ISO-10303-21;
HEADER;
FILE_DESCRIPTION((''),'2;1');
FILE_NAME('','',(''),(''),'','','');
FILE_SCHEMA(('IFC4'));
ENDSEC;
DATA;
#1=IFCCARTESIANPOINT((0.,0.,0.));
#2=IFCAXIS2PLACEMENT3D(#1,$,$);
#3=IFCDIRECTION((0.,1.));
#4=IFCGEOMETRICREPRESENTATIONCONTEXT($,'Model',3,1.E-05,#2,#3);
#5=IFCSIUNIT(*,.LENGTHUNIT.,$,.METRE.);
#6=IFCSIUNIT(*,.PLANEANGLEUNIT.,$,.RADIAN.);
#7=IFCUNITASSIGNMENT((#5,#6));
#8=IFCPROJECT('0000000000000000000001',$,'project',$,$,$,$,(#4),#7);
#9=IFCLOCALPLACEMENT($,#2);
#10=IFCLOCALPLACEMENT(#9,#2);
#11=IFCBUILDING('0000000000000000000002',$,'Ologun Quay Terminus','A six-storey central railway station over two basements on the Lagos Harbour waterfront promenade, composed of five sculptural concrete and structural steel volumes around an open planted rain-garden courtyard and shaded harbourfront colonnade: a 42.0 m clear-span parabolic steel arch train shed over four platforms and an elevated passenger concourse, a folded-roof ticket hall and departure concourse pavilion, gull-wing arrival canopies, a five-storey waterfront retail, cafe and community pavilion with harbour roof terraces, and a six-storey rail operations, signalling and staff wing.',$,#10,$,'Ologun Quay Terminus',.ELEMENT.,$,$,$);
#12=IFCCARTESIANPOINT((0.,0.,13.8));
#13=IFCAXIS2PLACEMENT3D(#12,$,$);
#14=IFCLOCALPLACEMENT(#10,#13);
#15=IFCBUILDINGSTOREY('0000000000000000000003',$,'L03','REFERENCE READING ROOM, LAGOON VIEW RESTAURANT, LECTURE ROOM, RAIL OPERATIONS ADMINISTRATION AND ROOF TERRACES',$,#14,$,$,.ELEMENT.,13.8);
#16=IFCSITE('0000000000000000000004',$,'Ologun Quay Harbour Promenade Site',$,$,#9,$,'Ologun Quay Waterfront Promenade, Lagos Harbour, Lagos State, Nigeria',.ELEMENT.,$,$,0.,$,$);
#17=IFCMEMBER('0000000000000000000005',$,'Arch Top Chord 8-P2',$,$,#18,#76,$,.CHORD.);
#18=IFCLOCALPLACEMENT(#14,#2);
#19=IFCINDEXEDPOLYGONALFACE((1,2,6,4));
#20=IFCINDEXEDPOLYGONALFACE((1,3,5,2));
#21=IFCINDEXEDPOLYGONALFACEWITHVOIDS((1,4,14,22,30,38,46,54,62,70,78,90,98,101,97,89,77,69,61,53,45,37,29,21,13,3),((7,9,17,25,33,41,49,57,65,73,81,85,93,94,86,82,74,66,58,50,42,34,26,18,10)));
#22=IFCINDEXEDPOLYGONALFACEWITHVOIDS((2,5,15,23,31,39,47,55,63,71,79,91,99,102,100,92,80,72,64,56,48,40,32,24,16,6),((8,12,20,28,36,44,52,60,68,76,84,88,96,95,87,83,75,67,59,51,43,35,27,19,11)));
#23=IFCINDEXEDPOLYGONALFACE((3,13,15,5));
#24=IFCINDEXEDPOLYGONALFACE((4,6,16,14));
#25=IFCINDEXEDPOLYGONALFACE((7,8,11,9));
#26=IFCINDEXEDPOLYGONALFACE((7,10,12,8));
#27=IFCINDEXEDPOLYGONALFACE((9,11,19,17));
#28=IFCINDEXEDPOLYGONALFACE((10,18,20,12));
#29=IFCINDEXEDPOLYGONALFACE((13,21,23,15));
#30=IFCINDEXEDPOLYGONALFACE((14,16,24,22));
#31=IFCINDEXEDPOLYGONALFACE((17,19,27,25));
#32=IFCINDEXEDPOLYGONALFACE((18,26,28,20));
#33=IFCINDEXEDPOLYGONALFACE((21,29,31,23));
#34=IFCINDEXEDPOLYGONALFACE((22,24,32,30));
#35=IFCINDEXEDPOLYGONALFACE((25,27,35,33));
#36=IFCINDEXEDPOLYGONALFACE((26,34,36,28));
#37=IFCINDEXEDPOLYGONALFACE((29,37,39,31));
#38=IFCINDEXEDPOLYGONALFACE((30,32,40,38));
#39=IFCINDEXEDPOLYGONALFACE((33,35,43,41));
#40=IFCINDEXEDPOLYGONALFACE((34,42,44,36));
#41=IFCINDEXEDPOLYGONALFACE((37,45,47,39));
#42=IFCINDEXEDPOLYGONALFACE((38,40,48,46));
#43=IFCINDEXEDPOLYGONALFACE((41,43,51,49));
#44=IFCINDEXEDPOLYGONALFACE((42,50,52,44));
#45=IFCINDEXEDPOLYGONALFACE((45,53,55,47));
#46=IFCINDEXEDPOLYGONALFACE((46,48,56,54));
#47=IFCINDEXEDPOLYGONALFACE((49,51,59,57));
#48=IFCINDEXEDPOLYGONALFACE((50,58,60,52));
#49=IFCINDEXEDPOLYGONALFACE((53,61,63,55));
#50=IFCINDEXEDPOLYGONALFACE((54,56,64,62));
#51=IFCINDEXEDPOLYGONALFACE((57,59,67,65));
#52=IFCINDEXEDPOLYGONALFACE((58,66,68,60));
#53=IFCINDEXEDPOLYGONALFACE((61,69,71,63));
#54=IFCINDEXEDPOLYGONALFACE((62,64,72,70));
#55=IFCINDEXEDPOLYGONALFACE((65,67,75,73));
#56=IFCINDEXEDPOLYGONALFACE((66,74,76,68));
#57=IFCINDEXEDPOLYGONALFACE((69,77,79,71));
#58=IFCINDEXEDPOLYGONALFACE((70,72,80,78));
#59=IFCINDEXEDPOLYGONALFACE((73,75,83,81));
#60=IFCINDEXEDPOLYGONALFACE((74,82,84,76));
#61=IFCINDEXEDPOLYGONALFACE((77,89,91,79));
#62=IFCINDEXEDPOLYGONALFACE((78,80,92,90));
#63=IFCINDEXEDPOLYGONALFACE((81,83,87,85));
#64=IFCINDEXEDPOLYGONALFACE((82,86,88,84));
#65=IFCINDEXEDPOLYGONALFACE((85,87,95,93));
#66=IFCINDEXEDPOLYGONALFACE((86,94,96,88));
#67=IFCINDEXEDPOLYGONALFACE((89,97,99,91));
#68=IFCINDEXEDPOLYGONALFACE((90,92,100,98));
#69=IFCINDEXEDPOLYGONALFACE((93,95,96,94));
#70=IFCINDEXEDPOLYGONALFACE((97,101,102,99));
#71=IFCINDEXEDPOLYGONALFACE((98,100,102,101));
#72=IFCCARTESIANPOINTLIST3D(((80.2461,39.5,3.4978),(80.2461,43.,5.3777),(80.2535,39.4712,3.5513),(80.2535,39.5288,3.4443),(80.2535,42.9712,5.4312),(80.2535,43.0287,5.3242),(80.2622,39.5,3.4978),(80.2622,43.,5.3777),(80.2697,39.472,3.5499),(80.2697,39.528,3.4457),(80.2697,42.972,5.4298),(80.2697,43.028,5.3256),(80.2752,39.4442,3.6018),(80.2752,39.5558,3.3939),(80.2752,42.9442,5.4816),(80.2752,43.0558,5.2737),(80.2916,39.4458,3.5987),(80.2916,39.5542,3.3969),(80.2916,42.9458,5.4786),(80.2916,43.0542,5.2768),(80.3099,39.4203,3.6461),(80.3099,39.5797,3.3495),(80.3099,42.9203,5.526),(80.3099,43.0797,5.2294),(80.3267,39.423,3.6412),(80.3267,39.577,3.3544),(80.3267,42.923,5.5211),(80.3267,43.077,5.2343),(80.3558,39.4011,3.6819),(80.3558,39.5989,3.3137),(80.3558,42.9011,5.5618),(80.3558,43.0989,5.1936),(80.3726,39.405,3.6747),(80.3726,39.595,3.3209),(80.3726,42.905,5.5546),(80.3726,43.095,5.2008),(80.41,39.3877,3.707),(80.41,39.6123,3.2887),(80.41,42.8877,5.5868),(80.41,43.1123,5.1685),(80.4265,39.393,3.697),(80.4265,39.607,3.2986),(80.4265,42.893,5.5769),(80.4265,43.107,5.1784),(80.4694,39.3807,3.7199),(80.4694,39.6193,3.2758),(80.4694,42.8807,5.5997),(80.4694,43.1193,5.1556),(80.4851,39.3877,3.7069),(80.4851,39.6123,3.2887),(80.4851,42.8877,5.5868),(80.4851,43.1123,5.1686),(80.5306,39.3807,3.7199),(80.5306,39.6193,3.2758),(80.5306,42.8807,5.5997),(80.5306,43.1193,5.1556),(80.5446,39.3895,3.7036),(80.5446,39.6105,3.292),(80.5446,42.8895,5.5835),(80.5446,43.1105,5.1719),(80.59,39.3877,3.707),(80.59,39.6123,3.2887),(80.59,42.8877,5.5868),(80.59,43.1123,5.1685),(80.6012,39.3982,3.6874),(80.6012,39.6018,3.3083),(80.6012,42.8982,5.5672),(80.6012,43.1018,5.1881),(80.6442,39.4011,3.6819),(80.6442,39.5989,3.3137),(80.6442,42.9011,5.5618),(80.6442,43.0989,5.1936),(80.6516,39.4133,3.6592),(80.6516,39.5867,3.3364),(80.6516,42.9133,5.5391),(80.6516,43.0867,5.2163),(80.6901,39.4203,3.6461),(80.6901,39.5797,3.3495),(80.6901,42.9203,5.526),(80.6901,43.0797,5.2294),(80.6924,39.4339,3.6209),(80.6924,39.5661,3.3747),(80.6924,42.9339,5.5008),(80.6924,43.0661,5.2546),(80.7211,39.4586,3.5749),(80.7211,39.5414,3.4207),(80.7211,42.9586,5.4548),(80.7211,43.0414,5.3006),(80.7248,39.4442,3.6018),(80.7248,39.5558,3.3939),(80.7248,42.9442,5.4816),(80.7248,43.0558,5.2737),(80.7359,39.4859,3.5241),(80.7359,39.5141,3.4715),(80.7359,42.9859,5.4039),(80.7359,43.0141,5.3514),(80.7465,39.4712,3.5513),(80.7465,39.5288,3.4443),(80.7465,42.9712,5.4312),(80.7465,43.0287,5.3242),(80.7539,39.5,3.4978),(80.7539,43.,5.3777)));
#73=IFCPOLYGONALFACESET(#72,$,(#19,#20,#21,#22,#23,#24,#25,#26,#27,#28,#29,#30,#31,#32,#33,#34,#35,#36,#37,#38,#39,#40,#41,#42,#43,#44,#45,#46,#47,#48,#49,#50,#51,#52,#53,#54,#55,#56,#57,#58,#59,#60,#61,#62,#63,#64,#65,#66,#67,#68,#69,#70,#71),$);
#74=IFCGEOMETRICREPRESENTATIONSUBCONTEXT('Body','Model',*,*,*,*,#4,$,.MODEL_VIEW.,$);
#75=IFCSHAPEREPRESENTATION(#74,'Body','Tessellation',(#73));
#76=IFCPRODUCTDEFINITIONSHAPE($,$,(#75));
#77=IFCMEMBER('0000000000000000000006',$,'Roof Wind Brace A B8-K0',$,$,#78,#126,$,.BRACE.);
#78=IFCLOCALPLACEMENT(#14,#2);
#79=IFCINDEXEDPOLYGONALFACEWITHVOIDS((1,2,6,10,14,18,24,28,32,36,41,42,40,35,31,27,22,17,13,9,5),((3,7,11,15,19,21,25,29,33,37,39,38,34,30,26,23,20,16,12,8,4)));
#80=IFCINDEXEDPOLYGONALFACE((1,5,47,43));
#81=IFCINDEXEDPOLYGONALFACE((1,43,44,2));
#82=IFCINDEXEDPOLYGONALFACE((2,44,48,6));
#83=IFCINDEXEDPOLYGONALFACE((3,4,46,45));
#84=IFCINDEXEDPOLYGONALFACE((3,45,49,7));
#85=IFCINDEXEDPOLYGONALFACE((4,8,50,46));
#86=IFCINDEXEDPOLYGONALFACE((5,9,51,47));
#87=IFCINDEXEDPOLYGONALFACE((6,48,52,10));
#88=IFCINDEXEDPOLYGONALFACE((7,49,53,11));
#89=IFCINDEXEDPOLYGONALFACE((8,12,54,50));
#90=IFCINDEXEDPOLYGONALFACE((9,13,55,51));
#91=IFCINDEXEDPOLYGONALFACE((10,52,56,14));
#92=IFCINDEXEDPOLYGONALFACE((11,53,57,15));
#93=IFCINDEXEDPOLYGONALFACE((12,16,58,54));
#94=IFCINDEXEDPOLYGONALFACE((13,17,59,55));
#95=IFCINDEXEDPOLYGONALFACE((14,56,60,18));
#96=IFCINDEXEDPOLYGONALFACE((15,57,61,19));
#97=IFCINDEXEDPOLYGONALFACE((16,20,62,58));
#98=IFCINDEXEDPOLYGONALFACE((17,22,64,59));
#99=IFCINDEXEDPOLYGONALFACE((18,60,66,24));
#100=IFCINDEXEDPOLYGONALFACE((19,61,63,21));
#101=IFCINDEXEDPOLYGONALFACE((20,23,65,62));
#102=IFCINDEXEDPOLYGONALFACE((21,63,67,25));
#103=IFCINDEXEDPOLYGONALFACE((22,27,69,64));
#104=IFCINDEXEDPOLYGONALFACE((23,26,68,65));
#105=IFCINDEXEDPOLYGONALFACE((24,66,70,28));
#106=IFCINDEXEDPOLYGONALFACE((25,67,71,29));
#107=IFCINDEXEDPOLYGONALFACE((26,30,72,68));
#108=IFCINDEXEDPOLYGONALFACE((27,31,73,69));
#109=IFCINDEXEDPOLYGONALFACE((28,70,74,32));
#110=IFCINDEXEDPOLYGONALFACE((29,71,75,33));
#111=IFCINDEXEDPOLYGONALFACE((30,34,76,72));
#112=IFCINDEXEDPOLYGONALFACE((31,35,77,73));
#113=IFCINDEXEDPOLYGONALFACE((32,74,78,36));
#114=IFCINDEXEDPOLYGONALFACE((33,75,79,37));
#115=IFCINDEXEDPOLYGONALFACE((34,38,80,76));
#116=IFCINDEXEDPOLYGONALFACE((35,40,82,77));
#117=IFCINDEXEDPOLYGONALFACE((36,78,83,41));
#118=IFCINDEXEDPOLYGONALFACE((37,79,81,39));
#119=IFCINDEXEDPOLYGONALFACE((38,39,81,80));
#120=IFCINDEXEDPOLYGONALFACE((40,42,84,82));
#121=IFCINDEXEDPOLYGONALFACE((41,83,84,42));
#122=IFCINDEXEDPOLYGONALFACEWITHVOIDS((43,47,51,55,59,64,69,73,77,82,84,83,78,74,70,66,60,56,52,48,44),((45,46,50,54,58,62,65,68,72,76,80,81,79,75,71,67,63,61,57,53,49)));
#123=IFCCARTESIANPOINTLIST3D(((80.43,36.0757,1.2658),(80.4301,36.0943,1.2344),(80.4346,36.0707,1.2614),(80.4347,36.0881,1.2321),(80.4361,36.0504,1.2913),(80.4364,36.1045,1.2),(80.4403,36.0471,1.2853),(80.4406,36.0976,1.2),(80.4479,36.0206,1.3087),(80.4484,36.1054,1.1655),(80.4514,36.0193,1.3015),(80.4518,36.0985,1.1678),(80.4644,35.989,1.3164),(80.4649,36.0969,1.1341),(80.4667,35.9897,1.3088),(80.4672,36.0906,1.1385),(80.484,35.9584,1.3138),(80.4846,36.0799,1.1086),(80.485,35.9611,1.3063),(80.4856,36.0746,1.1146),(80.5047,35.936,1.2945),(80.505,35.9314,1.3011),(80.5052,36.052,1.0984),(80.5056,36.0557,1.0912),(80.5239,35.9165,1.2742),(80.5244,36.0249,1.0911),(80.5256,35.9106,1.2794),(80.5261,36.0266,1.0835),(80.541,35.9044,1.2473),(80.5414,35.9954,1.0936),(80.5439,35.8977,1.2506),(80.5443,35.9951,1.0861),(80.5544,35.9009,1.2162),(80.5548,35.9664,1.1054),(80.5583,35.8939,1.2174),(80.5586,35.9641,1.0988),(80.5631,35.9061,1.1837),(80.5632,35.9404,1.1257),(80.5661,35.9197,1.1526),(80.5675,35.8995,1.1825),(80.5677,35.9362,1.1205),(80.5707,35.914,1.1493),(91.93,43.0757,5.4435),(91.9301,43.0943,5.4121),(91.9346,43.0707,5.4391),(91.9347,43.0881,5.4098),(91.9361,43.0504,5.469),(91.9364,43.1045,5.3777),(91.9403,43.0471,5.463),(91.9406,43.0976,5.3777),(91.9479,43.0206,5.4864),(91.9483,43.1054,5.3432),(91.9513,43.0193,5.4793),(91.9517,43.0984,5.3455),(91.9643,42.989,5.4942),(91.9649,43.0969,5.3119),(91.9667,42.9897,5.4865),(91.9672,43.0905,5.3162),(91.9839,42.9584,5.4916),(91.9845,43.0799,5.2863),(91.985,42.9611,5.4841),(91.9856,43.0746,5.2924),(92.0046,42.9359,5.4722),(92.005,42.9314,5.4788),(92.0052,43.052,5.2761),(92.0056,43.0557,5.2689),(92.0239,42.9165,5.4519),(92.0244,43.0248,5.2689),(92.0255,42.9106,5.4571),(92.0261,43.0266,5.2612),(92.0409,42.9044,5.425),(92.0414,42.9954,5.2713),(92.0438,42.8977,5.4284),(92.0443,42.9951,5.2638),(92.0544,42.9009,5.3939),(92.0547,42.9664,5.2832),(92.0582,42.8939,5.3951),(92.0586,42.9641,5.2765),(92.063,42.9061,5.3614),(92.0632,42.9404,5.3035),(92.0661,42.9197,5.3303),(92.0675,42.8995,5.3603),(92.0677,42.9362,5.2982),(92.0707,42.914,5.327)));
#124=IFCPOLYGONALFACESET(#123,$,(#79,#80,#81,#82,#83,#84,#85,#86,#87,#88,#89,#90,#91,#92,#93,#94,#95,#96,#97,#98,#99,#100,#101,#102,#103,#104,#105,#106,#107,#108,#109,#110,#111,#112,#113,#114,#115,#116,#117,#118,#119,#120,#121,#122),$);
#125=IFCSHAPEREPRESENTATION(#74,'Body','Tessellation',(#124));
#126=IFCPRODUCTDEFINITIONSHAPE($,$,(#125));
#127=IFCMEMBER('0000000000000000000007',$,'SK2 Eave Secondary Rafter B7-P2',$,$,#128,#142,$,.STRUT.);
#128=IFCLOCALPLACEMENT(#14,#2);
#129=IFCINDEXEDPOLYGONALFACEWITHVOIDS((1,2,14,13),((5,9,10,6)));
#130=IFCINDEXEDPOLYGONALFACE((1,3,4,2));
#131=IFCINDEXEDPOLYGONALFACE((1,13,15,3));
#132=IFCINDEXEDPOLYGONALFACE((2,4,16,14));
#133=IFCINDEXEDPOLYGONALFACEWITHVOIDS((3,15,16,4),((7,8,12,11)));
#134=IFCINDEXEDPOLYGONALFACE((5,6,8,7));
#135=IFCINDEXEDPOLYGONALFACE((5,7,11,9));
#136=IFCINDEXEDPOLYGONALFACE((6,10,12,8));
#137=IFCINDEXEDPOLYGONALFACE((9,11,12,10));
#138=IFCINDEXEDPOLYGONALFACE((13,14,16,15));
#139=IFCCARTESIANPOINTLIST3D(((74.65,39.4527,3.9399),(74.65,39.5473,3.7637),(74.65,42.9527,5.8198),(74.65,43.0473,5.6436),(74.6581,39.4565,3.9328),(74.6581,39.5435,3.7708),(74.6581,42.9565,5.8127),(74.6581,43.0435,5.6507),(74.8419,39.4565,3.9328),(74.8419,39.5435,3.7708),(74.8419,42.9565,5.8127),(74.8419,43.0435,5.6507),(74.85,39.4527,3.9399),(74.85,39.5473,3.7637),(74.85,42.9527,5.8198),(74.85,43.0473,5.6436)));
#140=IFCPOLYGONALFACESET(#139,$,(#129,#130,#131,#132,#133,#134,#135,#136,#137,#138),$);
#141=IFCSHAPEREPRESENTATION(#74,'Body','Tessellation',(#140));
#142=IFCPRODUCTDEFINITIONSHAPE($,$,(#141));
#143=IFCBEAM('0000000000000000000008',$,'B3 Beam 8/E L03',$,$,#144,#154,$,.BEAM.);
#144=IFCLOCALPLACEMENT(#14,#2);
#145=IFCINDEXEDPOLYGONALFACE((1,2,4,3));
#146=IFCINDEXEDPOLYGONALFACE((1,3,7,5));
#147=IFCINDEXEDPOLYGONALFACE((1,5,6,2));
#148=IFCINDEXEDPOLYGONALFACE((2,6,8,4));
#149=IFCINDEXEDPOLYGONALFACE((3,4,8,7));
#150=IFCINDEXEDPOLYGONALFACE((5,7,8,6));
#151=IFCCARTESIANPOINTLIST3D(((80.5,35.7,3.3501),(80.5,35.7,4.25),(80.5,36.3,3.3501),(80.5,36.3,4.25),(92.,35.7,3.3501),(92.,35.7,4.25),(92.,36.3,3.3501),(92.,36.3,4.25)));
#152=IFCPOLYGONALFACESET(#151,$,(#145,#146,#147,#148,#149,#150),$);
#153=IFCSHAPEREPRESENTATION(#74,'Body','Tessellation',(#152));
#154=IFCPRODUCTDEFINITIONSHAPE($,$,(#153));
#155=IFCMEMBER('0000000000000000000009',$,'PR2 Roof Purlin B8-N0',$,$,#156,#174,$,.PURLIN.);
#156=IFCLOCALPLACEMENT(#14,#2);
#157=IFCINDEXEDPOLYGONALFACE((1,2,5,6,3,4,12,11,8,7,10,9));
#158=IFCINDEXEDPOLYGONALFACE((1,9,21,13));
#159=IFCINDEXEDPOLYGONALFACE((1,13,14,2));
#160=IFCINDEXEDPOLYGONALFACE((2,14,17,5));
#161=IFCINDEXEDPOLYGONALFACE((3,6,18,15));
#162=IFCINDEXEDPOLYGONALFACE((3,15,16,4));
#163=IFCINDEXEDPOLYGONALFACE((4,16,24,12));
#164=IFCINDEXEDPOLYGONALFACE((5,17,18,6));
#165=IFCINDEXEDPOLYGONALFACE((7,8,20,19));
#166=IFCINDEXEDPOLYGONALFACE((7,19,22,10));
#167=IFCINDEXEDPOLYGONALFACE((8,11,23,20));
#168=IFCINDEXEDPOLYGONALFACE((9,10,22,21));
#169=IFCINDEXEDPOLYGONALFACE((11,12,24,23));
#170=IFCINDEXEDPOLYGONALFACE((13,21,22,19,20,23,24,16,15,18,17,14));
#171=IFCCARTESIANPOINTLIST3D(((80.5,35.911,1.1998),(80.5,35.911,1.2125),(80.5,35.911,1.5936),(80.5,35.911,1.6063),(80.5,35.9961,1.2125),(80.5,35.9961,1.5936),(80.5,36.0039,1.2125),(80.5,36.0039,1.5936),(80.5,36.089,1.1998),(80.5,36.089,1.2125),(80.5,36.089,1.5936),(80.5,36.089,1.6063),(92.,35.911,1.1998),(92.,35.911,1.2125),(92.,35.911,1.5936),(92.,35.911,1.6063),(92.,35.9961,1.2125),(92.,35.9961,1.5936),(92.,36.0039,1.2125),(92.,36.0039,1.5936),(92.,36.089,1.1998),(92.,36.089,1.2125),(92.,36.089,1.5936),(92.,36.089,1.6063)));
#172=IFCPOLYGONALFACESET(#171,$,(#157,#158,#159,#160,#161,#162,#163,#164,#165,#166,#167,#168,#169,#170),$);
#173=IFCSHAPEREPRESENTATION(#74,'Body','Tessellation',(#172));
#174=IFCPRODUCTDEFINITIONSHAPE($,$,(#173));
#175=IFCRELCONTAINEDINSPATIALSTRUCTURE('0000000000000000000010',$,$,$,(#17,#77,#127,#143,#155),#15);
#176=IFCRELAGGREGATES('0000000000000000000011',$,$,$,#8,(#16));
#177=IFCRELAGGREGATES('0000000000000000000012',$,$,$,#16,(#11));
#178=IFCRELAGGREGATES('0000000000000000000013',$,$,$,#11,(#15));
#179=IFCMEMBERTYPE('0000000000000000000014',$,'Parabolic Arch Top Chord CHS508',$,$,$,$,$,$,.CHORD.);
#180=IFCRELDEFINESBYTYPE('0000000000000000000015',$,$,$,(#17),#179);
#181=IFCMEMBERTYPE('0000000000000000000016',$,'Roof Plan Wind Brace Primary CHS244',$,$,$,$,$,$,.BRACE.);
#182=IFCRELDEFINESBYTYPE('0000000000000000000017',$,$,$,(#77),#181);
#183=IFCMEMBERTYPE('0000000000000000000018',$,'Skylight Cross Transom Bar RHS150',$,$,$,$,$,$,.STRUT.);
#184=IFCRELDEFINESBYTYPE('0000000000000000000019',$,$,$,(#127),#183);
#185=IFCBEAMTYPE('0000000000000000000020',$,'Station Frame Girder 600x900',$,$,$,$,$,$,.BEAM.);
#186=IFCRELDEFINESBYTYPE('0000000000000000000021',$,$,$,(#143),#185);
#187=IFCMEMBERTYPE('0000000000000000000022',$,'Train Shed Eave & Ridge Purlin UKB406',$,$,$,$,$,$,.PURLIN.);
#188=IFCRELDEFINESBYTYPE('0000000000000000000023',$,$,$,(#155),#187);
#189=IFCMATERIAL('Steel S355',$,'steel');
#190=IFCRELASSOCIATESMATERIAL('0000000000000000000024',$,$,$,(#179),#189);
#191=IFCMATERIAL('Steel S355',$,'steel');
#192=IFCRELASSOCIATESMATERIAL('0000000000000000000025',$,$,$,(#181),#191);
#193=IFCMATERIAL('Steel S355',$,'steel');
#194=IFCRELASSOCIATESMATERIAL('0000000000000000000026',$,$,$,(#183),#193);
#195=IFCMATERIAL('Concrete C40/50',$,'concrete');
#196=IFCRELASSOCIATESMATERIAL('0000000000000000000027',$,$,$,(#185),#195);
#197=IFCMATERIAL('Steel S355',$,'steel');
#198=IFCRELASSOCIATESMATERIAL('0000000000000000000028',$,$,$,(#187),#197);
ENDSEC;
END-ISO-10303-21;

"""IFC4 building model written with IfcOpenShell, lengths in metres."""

from ifc_helpers import new_model, si_unit, direction, frame, origin, origin_2d, place, context, subcontext, project, spatial, rectangle, hollow_rectangle, hollow_circle, i_section, extrude, material, material_profile, profile_set, type_object, element, save


model = new_model("IFC4")

# Units and contexts
model_context = context("Model", 3, precision=1e-05, world=origin(), true_north=direction((0.0, 1.0)))
body_context = subcontext(model_context, "Body", "Model", "MODEL_VIEW")
ifc_project = project(units=[si_unit("LENGTHUNIT", "METRE"), si_unit("PLANEANGLEUNIT", "RADIAN")], contexts=[model_context])

# Site, building, storey
site_placement = place(None, origin())
site = spatial("IfcSite", under=ifc_project, at=site_placement, Name="Ologun Quay Harbour Promenade Site", LongName="Ologun Quay Waterfront Promenade, Lagos Harbour, Lagos State, Nigeria", CompositionType="ELEMENT", RefElevation=0.0)
building_placement = place(site_placement, origin())
building = spatial("IfcBuilding", under=site, at=building_placement, Name="Ologun Quay Terminus", Description="A six-storey central railway station over two basements on the Lagos Harbour waterfront promenade, composed of five sculptural concrete and structural steel volumes around an open planted rain-garden courtyard and shaded harbourfront colonnade: a 42.0 m clear-span parabolic steel arch train shed over four platforms and an elevated passenger concourse, a folded-roof ticket hall and departure concourse pavilion, gull-wing arrival canopies, a five-storey waterfront retail, cafe and community pavilion with harbour roof terraces, and a six-storey rail operations, signalling and staff wing.", LongName="Ologun Quay Terminus", CompositionType="ELEMENT")
storey_placement = place(building_placement, frame((0.0, 0.0, 13.8)))
storey = spatial("IfcBuildingStorey", under=building, at=storey_placement, Name="L03", Description="REFERENCE READING ROOM, LAGOON VIEW RESTAURANT, LECTURE ROOM, RAIL OPERATIONS ADMINISTRATION AND ROOF TERRACES", CompositionType="ELEMENT", Elevation=13.8)

# Members
ifc_material_1 = material(Name="Steel S355", Category="steel")
ifc_material_profile_1 = material_profile(ifc_material_1, hollow_circle(Radius=0.2539, WallThickness=0.0161, at=origin_2d()), Name="CHS 508x16")
ifc_profile_set_1 = profile_set([ifc_material_profile_1], Name="Steel S355")
member_type_1 = type_object("IfcMemberType", Name="Parabolic Arch Top Chord CHS508", PredefinedType="CHORD", material=ifc_profile_set_1)
member_1_placement = place(storey_placement, frame((80.5, 39.5, 3.4978), z_axis=(0.0, 0.880968, 0.473176), x_axis=(-1.0, 0.0, 0.0)))
element("IfcMember", 1, at=member_1_placement, inside=storey, type_object=member_type_1, Name="Arch Top Chord 8-P2", PredefinedType="CHORD", context=body_context, shape_type="SweptSolid", body=[
    extrude(hollow_circle(Radius=0.2539, WallThickness=0.0161, at=origin_2d()), origin(), (0.0, 0.0, 1.0), 3.9729),
])
ifc_material_2 = material(Name="Steel S355", Category="steel")
ifc_material_profile_2 = material_profile(ifc_material_2, hollow_circle(Radius=0.1223, WallThickness=0.0081, at=origin_2d()), Name="CHS 244.5x8")
ifc_profile_set_2 = profile_set([ifc_material_profile_2], Name="Steel S355")
member_type_2 = type_object("IfcMemberType", Name="Roof Plan Wind Brace Primary CHS244", PredefinedType="BRACE", material=ifc_profile_set_2)
member_2_placement = place(storey_placement, frame((80.5, 36.0, 1.2), z_axis=(0.815821, 0.496587, 0.296373), x_axis=(-0.519947, 0.854199, 0.0)))
element("IfcMember", 2, at=member_2_placement, inside=storey, type_object=member_type_2, Name="Roof Wind Brace A B8-K0", PredefinedType="BRACE", context=body_context, shape_type="SweptSolid", body=[
    extrude(hollow_circle(Radius=0.1223, WallThickness=0.0081, at=origin_2d()), origin(), (0.0, 0.0, 1.0), 14.0962),
])
ifc_material_3 = material(Name="Steel S355", Category="steel")
ifc_material_profile_3 = material_profile(ifc_material_3, hollow_rectangle(XDim=0.2, YDim=0.2, WallThickness=0.0081, at=origin_2d()), Name="SHS 200x200x8")
ifc_profile_set_3 = profile_set([ifc_material_profile_3], Name="Steel S355")
member_type_3 = type_object("IfcMemberType", Name="Skylight Cross Transom Bar RHS150", PredefinedType="STRUT", material=ifc_profile_set_3)
member_3_placement = place(storey_placement, frame((74.75, 39.5, 3.8518), z_axis=(0.0, 0.880968, 0.473176), x_axis=(-1.0, 0.0, 0.0)))
element("IfcMember", 3, at=member_3_placement, inside=storey, type_object=member_type_3, Name="SK2 Eave Secondary Rafter B7-P2", PredefinedType="STRUT", context=body_context, shape_type="SweptSolid", body=[
    extrude(hollow_rectangle(XDim=0.2, YDim=0.2, WallThickness=0.0081, at=origin_2d()), origin(), (0.0, 0.0, 1.0), 3.9729),
])

# Beam
ifc_material_4 = material(Name="Concrete C40/50", Category="concrete")
ifc_material_profile_4 = material_profile(ifc_material_4, rectangle(XDim=0.6001, YDim=0.8999, at=origin_2d()), Name="RC 600x900")
ifc_profile_set_4 = profile_set([ifc_material_profile_4], Name="Concrete C40/50")
beam_type = type_object("IfcBeamType", Name="Station Frame Girder 600x900", PredefinedType="BEAM", material=ifc_profile_set_4)
beam_placement = place(storey_placement, frame((80.5, 36.0, 3.8), z_axis=(1.0, 0.0, 0.0), x_axis=(0.0, 1.0, 0.0)))
element("IfcBeam", 4, at=beam_placement, inside=storey, type_object=beam_type, Name="B3 Beam 8/E L03", PredefinedType="BEAM", context=body_context, shape_type="SweptSolid", body=[
    extrude(rectangle(XDim=0.6001, YDim=0.8999, at=origin_2d()), origin(), (0.0, 0.0, 1.0), 11.5),
])

# Member
ifc_material_5 = material(Name="Steel S355", Category="steel")
ifc_material_profile_5 = material_profile(ifc_material_5, i_section(OverallWidth=0.178, OverallDepth=0.4065, WebThickness=0.0078, FlangeThickness=0.0127, at=origin_2d()), Name="UKB 406x178x60")
ifc_profile_set_5 = profile_set([ifc_material_profile_5], Name="Steel S355")
member_type_4 = type_object("IfcMemberType", Name="Train Shed Eave & Ridge Purlin UKB406", PredefinedType="PURLIN", material=ifc_profile_set_5)
member_4_placement = place(storey_placement, frame((80.5, 36.0, 1.4031), z_axis=(1.0, 0.0, 0.0), x_axis=(0.0, 1.0, 0.0)))
element("IfcMember", 5, at=member_4_placement, inside=storey, type_object=member_type_4, Name="PR2 Roof Purlin B8-N0", PredefinedType="PURLIN", context=body_context, shape_type="SweptSolid", body=[
    extrude(i_section(OverallWidth=0.178, OverallDepth=0.4065, WebThickness=0.0078, FlangeThickness=0.0127, at=origin_2d()), origin(), (0.0, 0.0, 1.0), 11.5),
])

save(model, "model.ifc")
